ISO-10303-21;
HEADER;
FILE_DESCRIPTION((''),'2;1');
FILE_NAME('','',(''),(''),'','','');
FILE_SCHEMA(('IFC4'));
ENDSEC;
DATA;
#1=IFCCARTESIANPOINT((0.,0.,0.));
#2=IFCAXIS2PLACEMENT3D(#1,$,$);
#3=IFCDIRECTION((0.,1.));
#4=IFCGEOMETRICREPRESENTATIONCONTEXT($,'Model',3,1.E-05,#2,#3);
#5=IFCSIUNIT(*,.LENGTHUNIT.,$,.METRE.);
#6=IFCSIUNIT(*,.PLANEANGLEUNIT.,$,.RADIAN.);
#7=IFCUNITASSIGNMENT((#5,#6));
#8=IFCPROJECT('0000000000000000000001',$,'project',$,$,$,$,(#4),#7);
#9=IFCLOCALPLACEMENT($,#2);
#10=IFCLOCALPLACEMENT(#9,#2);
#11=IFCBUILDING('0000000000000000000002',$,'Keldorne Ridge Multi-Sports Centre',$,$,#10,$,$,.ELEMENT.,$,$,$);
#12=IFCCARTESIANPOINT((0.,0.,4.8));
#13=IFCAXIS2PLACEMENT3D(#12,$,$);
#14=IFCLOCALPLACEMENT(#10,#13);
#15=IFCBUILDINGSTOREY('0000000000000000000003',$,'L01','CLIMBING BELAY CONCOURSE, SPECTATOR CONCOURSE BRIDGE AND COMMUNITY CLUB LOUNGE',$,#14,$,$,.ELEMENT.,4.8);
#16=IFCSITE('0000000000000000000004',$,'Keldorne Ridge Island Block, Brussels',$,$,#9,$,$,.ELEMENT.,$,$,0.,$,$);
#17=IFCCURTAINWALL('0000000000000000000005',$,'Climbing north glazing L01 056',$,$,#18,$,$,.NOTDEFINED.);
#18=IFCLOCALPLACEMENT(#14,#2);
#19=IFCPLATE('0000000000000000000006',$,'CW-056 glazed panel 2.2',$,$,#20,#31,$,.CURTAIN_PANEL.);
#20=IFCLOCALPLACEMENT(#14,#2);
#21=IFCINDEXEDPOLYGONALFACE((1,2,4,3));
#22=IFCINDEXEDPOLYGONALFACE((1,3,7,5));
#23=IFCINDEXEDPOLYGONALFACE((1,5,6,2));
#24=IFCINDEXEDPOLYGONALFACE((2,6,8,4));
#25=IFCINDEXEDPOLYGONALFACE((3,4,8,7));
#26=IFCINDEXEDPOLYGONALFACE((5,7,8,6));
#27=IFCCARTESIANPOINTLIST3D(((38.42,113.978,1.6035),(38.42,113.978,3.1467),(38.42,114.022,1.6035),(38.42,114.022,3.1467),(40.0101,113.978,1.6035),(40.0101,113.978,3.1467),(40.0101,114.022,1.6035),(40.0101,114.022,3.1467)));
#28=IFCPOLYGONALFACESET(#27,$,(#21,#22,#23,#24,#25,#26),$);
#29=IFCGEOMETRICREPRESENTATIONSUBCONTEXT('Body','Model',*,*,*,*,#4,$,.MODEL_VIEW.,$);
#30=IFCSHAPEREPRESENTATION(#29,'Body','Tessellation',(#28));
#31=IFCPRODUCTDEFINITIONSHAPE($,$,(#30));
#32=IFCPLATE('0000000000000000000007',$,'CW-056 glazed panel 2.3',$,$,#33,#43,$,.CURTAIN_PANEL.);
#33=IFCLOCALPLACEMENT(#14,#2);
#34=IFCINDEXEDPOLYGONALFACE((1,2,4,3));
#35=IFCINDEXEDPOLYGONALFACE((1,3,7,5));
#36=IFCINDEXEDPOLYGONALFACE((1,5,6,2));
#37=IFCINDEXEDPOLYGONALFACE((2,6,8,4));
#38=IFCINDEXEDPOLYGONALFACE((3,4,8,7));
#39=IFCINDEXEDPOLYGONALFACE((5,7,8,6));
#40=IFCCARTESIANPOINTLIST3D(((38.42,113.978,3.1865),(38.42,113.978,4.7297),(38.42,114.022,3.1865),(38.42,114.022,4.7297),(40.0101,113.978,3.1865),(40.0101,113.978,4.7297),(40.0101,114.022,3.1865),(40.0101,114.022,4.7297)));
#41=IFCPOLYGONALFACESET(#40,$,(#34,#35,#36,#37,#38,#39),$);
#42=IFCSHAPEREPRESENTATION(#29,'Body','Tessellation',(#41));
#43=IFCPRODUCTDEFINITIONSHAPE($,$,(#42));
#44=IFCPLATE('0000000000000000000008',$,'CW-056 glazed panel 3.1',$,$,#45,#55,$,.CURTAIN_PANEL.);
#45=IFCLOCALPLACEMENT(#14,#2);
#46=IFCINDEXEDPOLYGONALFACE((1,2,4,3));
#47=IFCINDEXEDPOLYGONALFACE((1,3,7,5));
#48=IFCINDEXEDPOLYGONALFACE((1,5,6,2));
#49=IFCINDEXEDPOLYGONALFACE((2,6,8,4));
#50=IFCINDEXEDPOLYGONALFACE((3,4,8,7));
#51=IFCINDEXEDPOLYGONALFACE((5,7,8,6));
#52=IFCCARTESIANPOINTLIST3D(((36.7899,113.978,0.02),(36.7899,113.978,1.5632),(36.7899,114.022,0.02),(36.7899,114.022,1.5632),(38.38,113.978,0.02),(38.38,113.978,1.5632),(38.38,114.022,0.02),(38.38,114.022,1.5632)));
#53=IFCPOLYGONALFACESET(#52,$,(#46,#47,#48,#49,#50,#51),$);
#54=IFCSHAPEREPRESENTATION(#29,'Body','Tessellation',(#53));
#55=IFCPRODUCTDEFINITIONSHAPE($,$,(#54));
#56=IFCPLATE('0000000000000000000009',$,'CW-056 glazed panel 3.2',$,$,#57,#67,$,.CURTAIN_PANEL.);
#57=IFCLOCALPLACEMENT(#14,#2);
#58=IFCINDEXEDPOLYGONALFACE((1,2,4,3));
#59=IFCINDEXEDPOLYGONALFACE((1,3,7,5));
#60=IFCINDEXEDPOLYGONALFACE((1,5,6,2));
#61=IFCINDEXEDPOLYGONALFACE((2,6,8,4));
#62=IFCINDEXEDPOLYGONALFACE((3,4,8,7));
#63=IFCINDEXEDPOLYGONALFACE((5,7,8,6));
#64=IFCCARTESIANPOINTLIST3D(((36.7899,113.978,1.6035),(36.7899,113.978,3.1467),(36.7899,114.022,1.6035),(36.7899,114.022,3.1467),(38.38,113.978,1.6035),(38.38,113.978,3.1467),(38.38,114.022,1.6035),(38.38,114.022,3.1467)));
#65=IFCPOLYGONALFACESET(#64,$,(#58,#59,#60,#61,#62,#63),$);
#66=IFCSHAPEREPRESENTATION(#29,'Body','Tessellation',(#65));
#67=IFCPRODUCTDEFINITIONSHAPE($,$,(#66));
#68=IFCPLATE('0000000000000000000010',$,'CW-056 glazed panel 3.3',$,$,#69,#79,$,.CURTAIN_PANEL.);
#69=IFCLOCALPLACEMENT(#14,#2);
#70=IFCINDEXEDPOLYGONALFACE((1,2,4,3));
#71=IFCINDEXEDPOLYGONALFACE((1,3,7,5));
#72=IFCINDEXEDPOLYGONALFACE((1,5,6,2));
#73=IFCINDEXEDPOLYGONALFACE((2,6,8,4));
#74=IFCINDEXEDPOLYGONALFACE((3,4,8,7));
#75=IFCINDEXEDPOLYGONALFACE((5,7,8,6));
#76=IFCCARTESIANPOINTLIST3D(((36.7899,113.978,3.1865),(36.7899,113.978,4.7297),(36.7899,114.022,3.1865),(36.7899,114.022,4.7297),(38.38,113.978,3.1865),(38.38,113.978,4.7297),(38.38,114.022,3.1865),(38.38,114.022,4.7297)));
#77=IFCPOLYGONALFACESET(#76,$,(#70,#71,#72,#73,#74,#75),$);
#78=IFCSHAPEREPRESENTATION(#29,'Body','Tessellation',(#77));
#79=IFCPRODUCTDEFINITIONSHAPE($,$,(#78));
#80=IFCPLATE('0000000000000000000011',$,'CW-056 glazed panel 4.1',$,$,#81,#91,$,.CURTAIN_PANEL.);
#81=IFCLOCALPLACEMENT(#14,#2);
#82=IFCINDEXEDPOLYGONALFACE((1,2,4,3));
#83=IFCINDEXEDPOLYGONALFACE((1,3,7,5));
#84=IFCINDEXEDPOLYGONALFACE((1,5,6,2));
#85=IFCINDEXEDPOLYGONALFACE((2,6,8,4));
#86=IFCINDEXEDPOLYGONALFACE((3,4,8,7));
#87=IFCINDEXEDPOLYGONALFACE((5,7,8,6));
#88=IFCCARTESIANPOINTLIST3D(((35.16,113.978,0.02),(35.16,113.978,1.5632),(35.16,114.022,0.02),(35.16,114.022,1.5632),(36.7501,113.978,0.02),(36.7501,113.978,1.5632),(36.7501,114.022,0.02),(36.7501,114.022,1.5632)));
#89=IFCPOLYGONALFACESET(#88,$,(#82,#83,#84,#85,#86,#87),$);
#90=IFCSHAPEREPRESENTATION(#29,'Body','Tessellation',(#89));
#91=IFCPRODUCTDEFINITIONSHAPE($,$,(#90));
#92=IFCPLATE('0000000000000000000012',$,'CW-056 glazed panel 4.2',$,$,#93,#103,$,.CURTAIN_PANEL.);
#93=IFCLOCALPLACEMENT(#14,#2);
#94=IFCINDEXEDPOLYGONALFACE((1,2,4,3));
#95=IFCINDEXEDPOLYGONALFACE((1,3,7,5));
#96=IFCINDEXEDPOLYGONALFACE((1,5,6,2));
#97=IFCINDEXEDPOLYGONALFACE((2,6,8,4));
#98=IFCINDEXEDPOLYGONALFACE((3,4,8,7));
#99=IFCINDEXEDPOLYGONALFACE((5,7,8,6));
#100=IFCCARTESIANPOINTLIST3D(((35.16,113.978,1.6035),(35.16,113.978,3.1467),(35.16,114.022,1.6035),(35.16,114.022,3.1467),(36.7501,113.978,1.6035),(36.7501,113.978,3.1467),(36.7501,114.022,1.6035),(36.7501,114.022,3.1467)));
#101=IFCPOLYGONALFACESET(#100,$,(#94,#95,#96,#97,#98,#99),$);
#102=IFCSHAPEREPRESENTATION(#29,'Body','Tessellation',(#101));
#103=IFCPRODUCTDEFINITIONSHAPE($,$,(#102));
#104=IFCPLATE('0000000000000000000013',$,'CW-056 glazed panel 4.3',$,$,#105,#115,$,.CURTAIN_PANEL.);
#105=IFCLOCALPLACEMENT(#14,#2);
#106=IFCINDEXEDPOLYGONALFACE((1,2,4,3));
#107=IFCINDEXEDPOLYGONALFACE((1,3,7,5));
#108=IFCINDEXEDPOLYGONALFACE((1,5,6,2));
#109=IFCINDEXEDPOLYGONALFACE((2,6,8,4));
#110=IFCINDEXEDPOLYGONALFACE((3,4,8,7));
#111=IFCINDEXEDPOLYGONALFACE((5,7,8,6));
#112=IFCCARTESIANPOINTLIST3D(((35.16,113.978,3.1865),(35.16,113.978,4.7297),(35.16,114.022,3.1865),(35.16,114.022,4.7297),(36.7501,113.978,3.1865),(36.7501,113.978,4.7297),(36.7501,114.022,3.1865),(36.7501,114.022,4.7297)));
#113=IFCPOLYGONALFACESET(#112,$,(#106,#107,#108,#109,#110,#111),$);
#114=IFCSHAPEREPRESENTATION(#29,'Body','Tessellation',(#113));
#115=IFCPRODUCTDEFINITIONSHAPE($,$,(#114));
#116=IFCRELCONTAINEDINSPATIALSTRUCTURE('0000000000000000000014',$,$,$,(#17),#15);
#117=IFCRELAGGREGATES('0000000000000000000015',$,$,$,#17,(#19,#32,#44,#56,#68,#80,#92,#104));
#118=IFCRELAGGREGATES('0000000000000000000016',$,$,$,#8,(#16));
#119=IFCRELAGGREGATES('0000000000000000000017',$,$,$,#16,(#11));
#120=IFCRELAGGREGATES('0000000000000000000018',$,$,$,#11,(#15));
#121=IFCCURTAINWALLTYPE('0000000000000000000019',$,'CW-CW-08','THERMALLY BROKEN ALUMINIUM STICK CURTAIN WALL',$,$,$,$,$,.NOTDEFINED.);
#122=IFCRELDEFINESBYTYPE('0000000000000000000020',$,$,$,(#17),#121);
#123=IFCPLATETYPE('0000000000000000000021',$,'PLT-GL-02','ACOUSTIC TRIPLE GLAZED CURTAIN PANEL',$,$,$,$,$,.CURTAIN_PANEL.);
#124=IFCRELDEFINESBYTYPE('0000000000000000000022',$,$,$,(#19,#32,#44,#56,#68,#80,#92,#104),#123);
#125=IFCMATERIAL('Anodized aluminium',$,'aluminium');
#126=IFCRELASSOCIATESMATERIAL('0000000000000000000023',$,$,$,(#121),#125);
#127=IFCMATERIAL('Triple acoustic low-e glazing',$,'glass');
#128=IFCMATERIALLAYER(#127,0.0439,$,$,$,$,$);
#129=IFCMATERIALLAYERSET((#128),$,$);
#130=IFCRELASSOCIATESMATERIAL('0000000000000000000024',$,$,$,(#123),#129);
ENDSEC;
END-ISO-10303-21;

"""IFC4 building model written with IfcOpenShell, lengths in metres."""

from ifc_helpers import new_model, si_unit, direction, frame, origin, origin_2d, place, context, subcontext, project, spatial, rectangle, extrude, material, layer, layer_set, type_object, element, aggregate, save


model = new_model("IFC4")

# Units and contexts
model_context = context("Model", 3, precision=1e-05, world=origin(), true_north=direction((0.0, 1.0)))
body_context = subcontext(model_context, "Body", "Model", "MODEL_VIEW")
ifc_project = project(units=[si_unit("LENGTHUNIT", "METRE"), si_unit("PLANEANGLEUNIT", "RADIAN")], contexts=[model_context])

# Site, building, storey
site_placement = place(None, origin())
site = spatial("IfcSite", under=ifc_project, at=site_placement, Name="Keldorne Ridge Island Block, Brussels", CompositionType="ELEMENT", RefElevation=0.0)
building_placement = place(site_placement, origin())
building = spatial("IfcBuilding", under=site, at=building_placement, Name="Keldorne Ridge Multi-Sports Centre", CompositionType="ELEMENT")
storey_placement = place(building_placement, frame((0.0, 0.0, 4.8)))
storey = spatial("IfcBuildingStorey", under=building, at=storey_placement, Name="L01", Description="CLIMBING BELAY CONCOURSE, SPECTATOR CONCOURSE BRIDGE AND COMMUNITY CLUB LOUNGE", CompositionType="ELEMENT", Elevation=4.8)

# Curtain wall, plates
ifc_material_1 = material(Name="Anodized aluminium", Category="aluminium")
curtain_wall_type = type_object("IfcCurtainWallType", Name="CW-CW-08", Description="THERMALLY BROKEN ALUMINIUM STICK CURTAIN WALL", PredefinedType="NOTDEFINED", material=ifc_material_1)
curtain_wall_placement = place(storey_placement, origin())
curtain_wall = element("IfcCurtainWall", 1, at=curtain_wall_placement, inside=storey, type_object=curtain_wall_type, Name="Climbing north glazing L01 056", PredefinedType="NOTDEFINED")
ifc_material_2 = material(Name="Triple acoustic low-e glazing", Category="glass")
ifc_layer = layer(ifc_material_2, 0.0439)
ifc_layer_set = layer_set([ifc_layer])
plate_type = type_object("IfcPlateType", Name="PLT-GL-02", Description="ACOUSTIC TRIPLE GLAZED CURTAIN PANEL", PredefinedType="CURTAIN_PANEL", material=ifc_layer_set)
plate_1_placement = place(storey_placement, frame((39.2151, 114.0, 1.6035), z_axis=(0.0, 0.0, 1.0), x_axis=(-1.0, 0.0, 0.0)))
plate_1 = element("IfcPlate", 2, at=plate_1_placement, type_object=plate_type, Name="CW-056 glazed panel 2.2", PredefinedType="CURTAIN_PANEL", context=body_context, shape_type="SweptSolid", body=[
    extrude(rectangle(XDim=1.5901, YDim=0.0439, at=origin_2d()), origin(), (0.0, 0.0, 1.0), 1.5432),
])
plate_2_placement = place(storey_placement, frame((39.2151, 114.0, 3.1865), z_axis=(0.0, 0.0, 1.0), x_axis=(-1.0, 0.0, 0.0)))
plate_2 = element("IfcPlate", 3, at=plate_2_placement, type_object=plate_type, Name="CW-056 glazed panel 2.3", PredefinedType="CURTAIN_PANEL", context=body_context, shape_type="SweptSolid", body=[
    extrude(rectangle(XDim=1.5901, YDim=0.0439, at=origin_2d()), origin(), (0.0, 0.0, 1.0), 1.5432),
])
plate_3_placement = place(storey_placement, frame((37.585, 114.0, 0.02), z_axis=(0.0, 0.0, 1.0), x_axis=(-1.0, 0.0, 0.0)))
plate_3 = element("IfcPlate", 4, at=plate_3_placement, type_object=plate_type, Name="CW-056 glazed panel 3.1", PredefinedType="CURTAIN_PANEL", context=body_context, shape_type="SweptSolid", body=[
    extrude(rectangle(XDim=1.5901, YDim=0.0439, at=origin_2d()), origin(), (0.0, 0.0, 1.0), 1.5432),
])
plate_4_placement = place(storey_placement, frame((37.585, 114.0, 1.6035), z_axis=(0.0, 0.0, 1.0), x_axis=(-1.0, 0.0, 0.0)))
plate_4 = element("IfcPlate", 5, at=plate_4_placement, type_object=plate_type, Name="CW-056 glazed panel 3.2", PredefinedType="CURTAIN_PANEL", context=body_context, shape_type="SweptSolid", body=[
    extrude(rectangle(XDim=1.5901, YDim=0.0439, at=origin_2d()), origin(), (0.0, 0.0, 1.0), 1.5432),
])
plate_5_placement = place(storey_placement, frame((37.585, 114.0, 3.1865), z_axis=(0.0, 0.0, 1.0), x_axis=(-1.0, 0.0, 0.0)))
plate_5 = element("IfcPlate", 6, at=plate_5_placement, type_object=plate_type, Name="CW-056 glazed panel 3.3", PredefinedType="CURTAIN_PANEL", context=body_context, shape_type="SweptSolid", body=[
    extrude(rectangle(XDim=1.5901, YDim=0.0439, at=origin_2d()), origin(), (0.0, 0.0, 1.0), 1.5432),
])
plate_6_placement = place(storey_placement, frame((35.9551, 114.0, 0.02), z_axis=(0.0, 0.0, 1.0), x_axis=(-1.0, 0.0, 0.0)))
plate_6 = element("IfcPlate", 7, at=plate_6_placement, type_object=plate_type, Name="CW-056 glazed panel 4.1", PredefinedType="CURTAIN_PANEL", context=body_context, shape_type="SweptSolid", body=[
    extrude(rectangle(XDim=1.5901, YDim=0.0439, at=origin_2d()), origin(), (0.0, 0.0, 1.0), 1.5432),
])
plate_7_placement = place(storey_placement, frame((35.9551, 114.0, 1.6035), z_axis=(0.0, 0.0, 1.0), x_axis=(-1.0, 0.0, 0.0)))
plate_7 = element("IfcPlate", 8, at=plate_7_placement, type_object=plate_type, Name="CW-056 glazed panel 4.2", PredefinedType="CURTAIN_PANEL", context=body_context, shape_type="SweptSolid", body=[
    extrude(rectangle(XDim=1.5901, YDim=0.0439, at=origin_2d()), origin(), (0.0, 0.0, 1.0), 1.5432),
])
plate_8_placement = place(storey_placement, frame((35.9551, 114.0, 3.1865), z_axis=(0.0, 0.0, 1.0), x_axis=(-1.0, 0.0, 0.0)))
plate_8 = element("IfcPlate", 9, at=plate_8_placement, type_object=plate_type, Name="CW-056 glazed panel 4.3", PredefinedType="CURTAIN_PANEL", context=body_context, shape_type="SweptSolid", body=[
    extrude(rectangle(XDim=1.5901, YDim=0.0439, at=origin_2d()), origin(), (0.0, 0.0, 1.0), 1.5432),
])
aggregate(curtain_wall, [plate_1, plate_2, plate_3, plate_4, plate_5, plate_6, plate_7, plate_8])

save(model, "model.ifc")
